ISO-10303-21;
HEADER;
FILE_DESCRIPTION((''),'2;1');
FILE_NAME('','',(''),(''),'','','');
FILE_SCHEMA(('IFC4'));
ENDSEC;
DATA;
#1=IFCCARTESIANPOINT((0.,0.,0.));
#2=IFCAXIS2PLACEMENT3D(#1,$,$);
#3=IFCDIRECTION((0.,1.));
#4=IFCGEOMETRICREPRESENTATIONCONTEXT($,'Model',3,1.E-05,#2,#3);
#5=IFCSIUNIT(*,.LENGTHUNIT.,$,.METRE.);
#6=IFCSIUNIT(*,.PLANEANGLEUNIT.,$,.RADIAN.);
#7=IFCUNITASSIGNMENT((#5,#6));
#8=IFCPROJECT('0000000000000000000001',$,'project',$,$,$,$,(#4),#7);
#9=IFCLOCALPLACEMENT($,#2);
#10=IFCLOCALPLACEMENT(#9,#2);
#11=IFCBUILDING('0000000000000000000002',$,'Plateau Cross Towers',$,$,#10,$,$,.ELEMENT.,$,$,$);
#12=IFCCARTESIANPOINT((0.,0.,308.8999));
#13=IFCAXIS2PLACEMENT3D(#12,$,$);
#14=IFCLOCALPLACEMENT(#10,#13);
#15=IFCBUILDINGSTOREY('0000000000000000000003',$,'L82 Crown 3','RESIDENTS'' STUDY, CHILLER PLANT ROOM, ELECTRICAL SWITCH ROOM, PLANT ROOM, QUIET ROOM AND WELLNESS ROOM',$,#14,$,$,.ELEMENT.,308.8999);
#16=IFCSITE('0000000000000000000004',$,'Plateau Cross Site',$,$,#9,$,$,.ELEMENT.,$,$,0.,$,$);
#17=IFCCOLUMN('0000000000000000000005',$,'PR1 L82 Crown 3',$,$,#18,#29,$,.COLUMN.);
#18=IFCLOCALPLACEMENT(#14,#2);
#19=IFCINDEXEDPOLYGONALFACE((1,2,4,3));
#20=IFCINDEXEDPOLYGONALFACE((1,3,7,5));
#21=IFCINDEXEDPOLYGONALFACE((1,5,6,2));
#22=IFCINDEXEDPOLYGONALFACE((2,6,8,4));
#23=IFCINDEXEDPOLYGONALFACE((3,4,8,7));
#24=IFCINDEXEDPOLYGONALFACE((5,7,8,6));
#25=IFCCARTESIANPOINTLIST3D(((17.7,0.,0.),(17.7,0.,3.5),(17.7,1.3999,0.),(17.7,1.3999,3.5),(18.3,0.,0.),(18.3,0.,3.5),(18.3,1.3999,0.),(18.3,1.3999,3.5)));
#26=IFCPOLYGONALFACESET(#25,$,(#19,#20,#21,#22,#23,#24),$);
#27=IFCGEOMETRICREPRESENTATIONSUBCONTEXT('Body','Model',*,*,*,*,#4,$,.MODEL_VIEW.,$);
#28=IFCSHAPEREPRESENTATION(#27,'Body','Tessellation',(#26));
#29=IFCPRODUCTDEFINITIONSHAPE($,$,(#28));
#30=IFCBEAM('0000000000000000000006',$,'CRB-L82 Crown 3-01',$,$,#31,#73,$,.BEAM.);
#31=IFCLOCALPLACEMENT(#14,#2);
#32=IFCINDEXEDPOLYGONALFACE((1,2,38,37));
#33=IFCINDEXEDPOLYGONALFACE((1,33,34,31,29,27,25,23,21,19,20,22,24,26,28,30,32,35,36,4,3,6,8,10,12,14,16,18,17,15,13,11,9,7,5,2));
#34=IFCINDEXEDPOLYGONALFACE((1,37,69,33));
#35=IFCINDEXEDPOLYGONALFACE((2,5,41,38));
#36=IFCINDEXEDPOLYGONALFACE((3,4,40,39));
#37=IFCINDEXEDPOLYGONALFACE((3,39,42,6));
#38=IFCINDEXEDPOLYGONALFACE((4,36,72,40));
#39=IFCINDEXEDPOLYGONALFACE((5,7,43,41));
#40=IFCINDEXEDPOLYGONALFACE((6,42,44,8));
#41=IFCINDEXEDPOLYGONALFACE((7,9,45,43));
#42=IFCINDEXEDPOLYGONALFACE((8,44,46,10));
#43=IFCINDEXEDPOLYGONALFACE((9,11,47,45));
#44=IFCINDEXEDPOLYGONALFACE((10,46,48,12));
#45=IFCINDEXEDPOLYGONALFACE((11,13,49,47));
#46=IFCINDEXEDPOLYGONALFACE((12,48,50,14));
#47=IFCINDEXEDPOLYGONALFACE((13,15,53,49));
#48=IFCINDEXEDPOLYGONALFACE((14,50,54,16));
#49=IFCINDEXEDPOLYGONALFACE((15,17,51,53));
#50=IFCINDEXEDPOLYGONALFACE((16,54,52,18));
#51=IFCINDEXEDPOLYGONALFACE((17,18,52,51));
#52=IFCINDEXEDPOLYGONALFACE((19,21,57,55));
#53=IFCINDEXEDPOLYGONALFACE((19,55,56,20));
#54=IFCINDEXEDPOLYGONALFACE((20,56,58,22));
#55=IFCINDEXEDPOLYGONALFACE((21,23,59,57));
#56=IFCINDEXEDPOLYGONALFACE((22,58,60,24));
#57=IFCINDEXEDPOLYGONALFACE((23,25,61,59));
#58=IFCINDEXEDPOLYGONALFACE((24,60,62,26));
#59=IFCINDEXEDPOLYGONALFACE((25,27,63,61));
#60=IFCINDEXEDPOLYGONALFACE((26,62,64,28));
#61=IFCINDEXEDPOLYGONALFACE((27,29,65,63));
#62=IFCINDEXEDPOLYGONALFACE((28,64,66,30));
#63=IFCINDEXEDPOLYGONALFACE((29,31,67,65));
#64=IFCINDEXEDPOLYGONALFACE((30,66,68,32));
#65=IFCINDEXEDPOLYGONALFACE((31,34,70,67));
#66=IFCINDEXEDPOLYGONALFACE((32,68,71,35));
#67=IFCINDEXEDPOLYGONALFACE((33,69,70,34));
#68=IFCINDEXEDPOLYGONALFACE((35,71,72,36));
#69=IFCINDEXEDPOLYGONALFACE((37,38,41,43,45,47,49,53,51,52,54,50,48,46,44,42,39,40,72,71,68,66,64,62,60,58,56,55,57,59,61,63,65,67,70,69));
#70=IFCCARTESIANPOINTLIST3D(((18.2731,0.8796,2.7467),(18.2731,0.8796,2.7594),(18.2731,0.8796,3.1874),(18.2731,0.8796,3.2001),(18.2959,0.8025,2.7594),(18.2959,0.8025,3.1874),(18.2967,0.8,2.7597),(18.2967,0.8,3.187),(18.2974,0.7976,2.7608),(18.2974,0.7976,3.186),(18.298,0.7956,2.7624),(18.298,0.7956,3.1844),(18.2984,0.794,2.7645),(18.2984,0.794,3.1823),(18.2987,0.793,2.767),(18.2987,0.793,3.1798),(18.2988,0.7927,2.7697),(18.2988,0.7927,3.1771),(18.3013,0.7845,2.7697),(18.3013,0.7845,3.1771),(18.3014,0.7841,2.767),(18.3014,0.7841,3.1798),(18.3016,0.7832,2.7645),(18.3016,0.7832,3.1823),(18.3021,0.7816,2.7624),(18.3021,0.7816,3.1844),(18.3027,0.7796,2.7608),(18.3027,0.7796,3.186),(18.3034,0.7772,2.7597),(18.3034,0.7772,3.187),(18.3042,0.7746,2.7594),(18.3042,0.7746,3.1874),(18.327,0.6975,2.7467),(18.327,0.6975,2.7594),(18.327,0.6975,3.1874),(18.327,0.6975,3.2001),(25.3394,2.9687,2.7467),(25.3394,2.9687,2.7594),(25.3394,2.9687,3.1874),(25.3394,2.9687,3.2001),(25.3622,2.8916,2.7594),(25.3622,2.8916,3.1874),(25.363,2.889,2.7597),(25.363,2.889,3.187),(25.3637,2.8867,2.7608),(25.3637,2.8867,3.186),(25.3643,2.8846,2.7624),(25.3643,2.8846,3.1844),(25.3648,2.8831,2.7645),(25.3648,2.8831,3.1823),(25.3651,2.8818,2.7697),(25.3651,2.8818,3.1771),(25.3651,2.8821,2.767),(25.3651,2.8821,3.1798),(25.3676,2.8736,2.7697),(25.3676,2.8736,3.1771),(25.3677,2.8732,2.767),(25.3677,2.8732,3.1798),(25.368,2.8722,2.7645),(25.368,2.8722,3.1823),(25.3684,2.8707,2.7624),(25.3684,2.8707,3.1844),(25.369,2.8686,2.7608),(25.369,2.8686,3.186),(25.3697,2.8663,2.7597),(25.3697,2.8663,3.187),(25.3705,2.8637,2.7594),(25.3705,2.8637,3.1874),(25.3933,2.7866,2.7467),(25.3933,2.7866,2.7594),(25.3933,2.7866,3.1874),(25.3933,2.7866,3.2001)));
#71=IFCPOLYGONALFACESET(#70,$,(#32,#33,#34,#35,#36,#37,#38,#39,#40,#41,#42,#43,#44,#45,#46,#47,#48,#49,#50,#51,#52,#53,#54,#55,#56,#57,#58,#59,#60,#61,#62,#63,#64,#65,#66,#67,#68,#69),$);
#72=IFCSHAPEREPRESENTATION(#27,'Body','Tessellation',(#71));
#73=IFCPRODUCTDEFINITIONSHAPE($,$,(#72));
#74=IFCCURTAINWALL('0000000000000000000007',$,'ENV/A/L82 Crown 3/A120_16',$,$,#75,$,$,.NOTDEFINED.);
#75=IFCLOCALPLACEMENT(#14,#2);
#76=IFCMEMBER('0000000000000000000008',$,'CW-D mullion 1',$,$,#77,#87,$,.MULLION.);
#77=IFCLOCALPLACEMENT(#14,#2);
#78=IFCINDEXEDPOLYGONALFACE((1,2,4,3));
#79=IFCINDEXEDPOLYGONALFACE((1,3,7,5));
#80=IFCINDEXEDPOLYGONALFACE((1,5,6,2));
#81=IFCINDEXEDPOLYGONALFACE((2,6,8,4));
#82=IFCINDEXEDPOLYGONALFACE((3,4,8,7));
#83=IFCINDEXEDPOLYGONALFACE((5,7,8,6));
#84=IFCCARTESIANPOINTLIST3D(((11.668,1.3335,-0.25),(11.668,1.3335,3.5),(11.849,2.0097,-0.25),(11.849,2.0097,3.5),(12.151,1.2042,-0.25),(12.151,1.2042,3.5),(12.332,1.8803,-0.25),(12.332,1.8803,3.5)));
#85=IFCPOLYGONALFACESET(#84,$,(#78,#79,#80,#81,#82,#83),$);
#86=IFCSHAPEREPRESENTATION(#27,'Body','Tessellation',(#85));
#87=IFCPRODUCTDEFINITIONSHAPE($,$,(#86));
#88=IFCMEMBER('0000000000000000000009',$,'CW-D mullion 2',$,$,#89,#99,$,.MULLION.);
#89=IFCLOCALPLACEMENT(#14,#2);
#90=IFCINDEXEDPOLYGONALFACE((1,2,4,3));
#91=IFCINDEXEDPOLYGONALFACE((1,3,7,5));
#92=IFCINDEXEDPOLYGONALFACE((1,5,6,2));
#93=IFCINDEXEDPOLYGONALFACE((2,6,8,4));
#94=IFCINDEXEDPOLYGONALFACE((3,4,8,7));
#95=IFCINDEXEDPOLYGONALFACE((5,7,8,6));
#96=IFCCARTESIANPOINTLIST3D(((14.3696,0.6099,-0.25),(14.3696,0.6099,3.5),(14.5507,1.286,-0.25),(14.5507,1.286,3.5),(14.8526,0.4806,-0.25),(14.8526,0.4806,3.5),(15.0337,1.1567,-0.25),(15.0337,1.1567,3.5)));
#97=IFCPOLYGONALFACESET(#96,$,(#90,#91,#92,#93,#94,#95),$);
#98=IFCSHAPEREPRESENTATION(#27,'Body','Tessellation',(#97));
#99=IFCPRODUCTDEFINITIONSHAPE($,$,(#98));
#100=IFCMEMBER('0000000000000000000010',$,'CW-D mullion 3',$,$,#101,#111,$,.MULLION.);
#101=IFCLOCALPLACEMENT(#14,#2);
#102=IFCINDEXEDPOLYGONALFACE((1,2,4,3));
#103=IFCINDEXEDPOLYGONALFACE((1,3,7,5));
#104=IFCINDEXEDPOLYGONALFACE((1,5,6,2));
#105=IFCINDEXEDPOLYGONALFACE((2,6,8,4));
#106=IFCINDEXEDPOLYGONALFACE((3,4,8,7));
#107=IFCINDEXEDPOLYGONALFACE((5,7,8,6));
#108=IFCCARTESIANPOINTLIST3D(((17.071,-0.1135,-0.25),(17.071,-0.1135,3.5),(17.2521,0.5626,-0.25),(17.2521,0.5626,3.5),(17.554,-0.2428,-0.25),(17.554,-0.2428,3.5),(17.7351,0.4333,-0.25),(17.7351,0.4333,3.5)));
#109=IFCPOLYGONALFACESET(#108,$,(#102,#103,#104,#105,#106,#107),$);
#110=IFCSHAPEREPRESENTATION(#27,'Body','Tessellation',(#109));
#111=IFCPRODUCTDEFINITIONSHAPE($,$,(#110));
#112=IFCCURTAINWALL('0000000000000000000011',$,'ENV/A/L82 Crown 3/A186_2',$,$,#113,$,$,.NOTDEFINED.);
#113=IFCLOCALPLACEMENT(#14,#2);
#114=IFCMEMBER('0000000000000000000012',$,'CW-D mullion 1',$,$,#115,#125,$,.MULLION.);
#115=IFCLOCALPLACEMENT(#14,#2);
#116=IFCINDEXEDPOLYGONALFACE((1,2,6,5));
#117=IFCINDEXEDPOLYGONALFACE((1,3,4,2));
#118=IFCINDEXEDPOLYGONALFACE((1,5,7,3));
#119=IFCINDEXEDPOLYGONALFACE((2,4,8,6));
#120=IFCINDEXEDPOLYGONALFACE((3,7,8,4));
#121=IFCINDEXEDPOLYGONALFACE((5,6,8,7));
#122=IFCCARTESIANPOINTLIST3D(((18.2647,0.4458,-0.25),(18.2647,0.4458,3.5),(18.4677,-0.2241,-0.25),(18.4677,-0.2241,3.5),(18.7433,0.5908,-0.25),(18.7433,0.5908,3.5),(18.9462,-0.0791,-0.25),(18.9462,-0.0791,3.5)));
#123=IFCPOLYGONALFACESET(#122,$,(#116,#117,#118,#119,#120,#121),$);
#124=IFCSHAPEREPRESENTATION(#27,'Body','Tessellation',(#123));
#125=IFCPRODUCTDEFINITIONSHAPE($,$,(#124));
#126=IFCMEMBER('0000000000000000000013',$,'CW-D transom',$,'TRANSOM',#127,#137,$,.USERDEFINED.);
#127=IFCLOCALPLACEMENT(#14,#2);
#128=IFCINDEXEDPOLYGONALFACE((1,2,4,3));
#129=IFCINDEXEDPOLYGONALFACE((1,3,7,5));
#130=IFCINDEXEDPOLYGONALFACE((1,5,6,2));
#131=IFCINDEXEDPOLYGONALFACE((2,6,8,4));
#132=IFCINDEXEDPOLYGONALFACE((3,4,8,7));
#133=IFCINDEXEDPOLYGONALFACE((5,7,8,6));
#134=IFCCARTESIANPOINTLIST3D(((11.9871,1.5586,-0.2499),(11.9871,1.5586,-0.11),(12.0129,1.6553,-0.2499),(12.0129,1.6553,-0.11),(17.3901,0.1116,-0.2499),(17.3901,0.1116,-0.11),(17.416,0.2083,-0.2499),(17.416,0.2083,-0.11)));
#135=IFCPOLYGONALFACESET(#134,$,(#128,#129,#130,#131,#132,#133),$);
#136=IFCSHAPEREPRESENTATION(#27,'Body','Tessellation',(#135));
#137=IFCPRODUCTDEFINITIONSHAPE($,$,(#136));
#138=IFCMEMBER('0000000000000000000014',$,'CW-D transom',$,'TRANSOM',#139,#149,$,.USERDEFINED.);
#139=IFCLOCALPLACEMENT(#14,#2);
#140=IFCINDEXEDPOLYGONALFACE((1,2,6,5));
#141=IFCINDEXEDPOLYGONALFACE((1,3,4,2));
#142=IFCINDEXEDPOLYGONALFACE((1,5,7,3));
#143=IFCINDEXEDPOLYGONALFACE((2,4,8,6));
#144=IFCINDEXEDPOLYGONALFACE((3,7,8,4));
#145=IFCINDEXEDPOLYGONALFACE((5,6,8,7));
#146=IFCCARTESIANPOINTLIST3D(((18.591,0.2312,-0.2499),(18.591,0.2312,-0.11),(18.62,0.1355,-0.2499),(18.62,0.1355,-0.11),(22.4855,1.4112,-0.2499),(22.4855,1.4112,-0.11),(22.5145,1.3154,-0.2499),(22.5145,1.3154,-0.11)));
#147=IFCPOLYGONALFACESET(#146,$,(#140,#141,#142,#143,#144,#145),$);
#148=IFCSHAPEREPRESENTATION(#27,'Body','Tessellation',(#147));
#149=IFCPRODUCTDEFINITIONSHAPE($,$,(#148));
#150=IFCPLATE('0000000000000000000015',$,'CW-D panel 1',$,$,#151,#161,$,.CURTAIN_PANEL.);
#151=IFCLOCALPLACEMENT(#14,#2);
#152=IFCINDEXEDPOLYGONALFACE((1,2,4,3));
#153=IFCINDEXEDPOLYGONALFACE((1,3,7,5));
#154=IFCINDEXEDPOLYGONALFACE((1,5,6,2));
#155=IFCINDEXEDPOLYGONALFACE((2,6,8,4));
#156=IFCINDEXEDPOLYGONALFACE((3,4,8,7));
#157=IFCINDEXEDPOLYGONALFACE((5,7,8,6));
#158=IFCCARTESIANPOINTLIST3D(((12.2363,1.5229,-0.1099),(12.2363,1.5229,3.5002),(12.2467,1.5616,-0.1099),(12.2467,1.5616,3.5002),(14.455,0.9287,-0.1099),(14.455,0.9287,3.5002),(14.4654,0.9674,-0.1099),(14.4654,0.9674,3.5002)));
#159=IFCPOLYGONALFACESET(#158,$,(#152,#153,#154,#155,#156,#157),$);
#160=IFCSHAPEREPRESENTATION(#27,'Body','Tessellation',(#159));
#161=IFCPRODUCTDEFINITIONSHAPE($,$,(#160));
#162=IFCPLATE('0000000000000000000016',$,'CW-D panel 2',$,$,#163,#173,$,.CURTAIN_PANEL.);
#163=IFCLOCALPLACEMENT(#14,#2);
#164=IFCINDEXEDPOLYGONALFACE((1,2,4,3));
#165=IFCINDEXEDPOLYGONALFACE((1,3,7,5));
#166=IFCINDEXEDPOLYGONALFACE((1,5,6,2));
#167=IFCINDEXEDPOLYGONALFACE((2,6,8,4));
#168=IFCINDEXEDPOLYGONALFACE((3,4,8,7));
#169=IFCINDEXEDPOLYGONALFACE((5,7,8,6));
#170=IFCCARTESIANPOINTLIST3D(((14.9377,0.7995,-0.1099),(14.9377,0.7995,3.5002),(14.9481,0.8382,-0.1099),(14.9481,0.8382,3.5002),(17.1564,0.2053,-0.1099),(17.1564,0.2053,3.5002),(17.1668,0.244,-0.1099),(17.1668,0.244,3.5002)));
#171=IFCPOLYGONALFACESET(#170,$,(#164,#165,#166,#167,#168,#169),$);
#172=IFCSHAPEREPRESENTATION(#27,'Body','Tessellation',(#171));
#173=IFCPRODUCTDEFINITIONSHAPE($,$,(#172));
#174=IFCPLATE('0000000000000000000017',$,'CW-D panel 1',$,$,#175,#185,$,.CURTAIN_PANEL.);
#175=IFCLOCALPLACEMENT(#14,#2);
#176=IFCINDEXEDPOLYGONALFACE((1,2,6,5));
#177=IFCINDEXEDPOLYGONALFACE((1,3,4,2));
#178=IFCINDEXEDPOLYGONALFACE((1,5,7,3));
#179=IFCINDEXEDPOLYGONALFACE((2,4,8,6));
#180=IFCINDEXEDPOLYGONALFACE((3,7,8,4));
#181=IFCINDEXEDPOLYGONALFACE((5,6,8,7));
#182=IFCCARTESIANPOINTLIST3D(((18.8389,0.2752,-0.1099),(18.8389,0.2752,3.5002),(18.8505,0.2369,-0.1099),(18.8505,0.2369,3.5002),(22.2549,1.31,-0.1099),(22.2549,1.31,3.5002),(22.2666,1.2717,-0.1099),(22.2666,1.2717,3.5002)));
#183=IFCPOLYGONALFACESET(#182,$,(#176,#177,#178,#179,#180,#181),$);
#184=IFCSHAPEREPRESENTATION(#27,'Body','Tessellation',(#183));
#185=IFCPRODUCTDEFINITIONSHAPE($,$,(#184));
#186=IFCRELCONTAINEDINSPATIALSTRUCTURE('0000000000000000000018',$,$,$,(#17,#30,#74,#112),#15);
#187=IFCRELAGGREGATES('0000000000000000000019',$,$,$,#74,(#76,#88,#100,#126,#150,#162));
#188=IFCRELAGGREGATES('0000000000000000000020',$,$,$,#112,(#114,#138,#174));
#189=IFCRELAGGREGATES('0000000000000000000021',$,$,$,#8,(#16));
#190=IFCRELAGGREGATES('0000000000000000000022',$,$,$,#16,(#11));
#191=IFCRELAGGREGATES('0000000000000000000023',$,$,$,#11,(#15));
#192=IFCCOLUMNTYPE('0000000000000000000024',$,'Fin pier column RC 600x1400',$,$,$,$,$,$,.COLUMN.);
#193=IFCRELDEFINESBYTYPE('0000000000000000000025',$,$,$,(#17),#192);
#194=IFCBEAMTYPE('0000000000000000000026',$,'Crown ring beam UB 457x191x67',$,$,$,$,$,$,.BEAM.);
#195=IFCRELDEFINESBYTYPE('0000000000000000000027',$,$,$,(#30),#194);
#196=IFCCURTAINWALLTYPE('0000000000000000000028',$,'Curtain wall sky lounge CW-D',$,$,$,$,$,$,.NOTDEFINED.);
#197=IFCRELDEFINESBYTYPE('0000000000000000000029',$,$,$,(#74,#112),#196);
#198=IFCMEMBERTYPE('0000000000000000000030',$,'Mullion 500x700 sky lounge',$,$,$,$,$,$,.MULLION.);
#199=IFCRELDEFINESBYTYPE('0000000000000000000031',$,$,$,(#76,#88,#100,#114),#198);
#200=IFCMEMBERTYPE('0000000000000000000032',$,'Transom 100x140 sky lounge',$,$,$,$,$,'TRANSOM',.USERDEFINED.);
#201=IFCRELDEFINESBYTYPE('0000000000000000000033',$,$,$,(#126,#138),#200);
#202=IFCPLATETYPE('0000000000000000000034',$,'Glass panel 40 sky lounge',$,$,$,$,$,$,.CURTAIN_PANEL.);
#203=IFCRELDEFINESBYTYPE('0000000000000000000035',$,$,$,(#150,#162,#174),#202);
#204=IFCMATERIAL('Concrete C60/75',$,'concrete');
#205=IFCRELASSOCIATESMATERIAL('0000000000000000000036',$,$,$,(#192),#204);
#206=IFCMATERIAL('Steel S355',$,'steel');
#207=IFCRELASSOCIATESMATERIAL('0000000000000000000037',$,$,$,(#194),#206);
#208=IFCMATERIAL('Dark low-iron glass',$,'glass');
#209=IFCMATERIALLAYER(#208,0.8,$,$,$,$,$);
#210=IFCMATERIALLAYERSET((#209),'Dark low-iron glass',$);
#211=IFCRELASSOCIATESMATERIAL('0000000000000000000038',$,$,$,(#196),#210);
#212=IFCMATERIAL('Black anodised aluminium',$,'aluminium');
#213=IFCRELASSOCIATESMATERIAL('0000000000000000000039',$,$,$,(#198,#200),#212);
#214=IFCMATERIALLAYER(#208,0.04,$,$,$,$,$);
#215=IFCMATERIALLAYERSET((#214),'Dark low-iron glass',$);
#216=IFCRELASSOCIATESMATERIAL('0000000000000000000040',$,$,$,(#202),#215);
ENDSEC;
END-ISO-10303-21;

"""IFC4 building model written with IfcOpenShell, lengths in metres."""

from ifc_helpers import new_model, si_unit, direction, frame, origin, origin_2d, place, context, subcontext, project, spatial, rectangle, i_section, extrude, material, layer, layer_set, material_profile, profile_set, type_object, element, aggregate, save


model = new_model("IFC4")

# Units and contexts
model_context = context("Model", 3, precision=1e-05, world=origin(), true_north=direction((0.0, 1.0)))
body_context = subcontext(model_context, "Body", "Model", "MODEL_VIEW")
ifc_project = project(units=[si_unit("LENGTHUNIT", "METRE"), si_unit("PLANEANGLEUNIT", "RADIAN")], contexts=[model_context])

# Site, building, storey
site_placement = place(None, origin())
site = spatial("IfcSite", under=ifc_project, at=site_placement, Name="Plateau Cross Site", CompositionType="ELEMENT", RefElevation=0.0)
building_placement = place(site_placement, origin())
building = spatial("IfcBuilding", under=site, at=building_placement, Name="Plateau Cross Towers", CompositionType="ELEMENT")
storey_placement = place(building_placement, frame((0.0, 0.0, 308.8999)))
storey = spatial("IfcBuildingStorey", under=building, at=storey_placement, Name="L82 Crown 3", Description="RESIDENTS' STUDY, CHILLER PLANT ROOM, ELECTRICAL SWITCH ROOM, PLANT ROOM, QUIET ROOM AND WELLNESS ROOM", CompositionType="ELEMENT", Elevation=308.8999)

# Column
ifc_material_1 = material(Name="Concrete C60/75", Category="concrete")
ifc_material_profile_1 = material_profile(ifc_material_1, rectangle(XDim=0.6001, YDim=1.3999, at=origin_2d()), Name="RC 600x1400")
ifc_profile_set_1 = profile_set([ifc_material_profile_1], Name="Concrete C60/75")
column_type = type_object("IfcColumnType", Name="Fin pier column RC 600x1400", PredefinedType="COLUMN", material=ifc_profile_set_1)
column_placement = place(storey_placement, frame((18.0, 0.7, 0.0), z_axis=(0.0, 0.0, 1.0), x_axis=(1.0, 0.0, 0.0)))
element("IfcColumn", 1, at=column_placement, inside=storey, type_object=column_type, Name="PR1 L82 Crown 3", PredefinedType="COLUMN", context=body_context, shape_type="SweptSolid", body=[
    extrude(rectangle(XDim=0.6001, YDim=1.3999, at=origin_2d()), origin(), (0.0, 0.0, 1.0), 3.5),
])

# Beam
ifc_material_2 = material(Name="Steel S355", Category="steel")
ifc_material_profile_2 = material_profile(ifc_material_2, i_section(OverallWidth=0.1899, OverallDepth=0.4534, WebThickness=0.0085, FlangeThickness=0.0127, FilletRadius=0.0103, at=origin_2d()), Name="UB 457x191x67")
ifc_profile_set_2 = profile_set([ifc_material_profile_2], Name="Steel S355")
beam_type = type_object("IfcBeamType", Name="Crown ring beam UB 457x191x67", PredefinedType="BEAM", material=ifc_profile_set_2)
beam_placement = place(storey_placement, frame((18.3, 0.7886, 2.9734), z_axis=(0.958969, 0.28351, 0.0), x_axis=(-0.28351, 0.958969, 0.0)))
element("IfcBeam", 2, at=beam_placement, inside=storey, type_object=beam_type, Name="CRB-L82 Crown 3-01", PredefinedType="BEAM", context=body_context, shape_type="SweptSolid", body=[
    extrude(i_section(OverallWidth=0.1899, OverallDepth=0.4534, WebThickness=0.0085, FlangeThickness=0.0127, FilletRadius=0.0103, at=origin_2d()), origin(), (0.0, 0.0, 1.0), 7.3687),
])

# Curtain wall, members
ifc_material_3 = material(Name="Dark low-iron glass", Category="glass")
ifc_layer_1 = layer(ifc_material_3, 0.8)
ifc_layer_set_1 = layer_set([ifc_layer_1], Name="Dark low-iron glass")
curtain_wall_type = type_object("IfcCurtainWallType", Name="Curtain wall sky lounge CW-D", PredefinedType="NOTDEFINED", material=ifc_layer_set_1)
curtain_wall_1_placement = place(storey_placement, origin())
curtain_wall_1 = element("IfcCurtainWall", 3, at=curtain_wall_1_placement, inside=storey, type_object=curtain_wall_type, Name="ENV/A/L82 Crown 3/A120_16", PredefinedType="NOTDEFINED")
ifc_material_4 = material(Name="Black anodised aluminium", Category="aluminium")
ifc_material_profile_3 = material_profile(ifc_material_4, rectangle(XDim=0.5, YDim=0.7, at=origin_2d()), Name="MULLION 500x700")
ifc_profile_set_3 = profile_set([ifc_material_profile_3], Name="Black anodised aluminium")
member_type_1 = type_object("IfcMemberType", Name="Mullion 500x700 sky lounge", PredefinedType="MULLION", material=ifc_profile_set_3)
member_1_placement = place(storey_placement, frame((12.0, 1.6069, -0.25), z_axis=(0.0, 0.0, 1.0), x_axis=(0.965958, -0.258699, 0.0)))
member_1 = element("IfcMember", 4, at=member_1_placement, type_object=member_type_1, Name="CW-D mullion 1", PredefinedType="MULLION", context=body_context, shape_type="SweptSolid", body=[
    extrude(rectangle(XDim=0.5, YDim=0.7, at=origin_2d()), origin(), (0.0, 0.0, 1.0), 3.75),
])
member_2_placement = place(storey_placement, frame((14.7017, 0.8833, -0.25), z_axis=(0.0, 0.0, 1.0), x_axis=(0.965958, -0.258699, 0.0)))
member_2 = element("IfcMember", 5, at=member_2_placement, type_object=member_type_1, Name="CW-D mullion 2", PredefinedType="MULLION", context=body_context, shape_type="SweptSolid", body=[
    extrude(rectangle(XDim=0.5, YDim=0.7, at=origin_2d()), origin(), (0.0, 0.0, 1.0), 3.75),
])
member_3_placement = place(storey_placement, frame((17.4031, 0.1599, -0.25), z_axis=(0.0, 0.0, 1.0), x_axis=(0.965958, -0.258699, 0.0)))
member_3 = element("IfcMember", 6, at=member_3_placement, type_object=member_type_1, Name="CW-D mullion 3", PredefinedType="MULLION", context=body_context, shape_type="SweptSolid", body=[
    extrude(rectangle(XDim=0.5, YDim=0.7, at=origin_2d()), origin(), (0.0, 0.0, 1.0), 3.75),
])

# Curtain wall, member
curtain_wall_2_placement = place(storey_placement, origin())
curtain_wall_2 = element("IfcCurtainWall", 7, at=curtain_wall_2_placement, inside=storey, type_object=curtain_wall_type, Name="ENV/A/L82 Crown 3/A186_2", PredefinedType="NOTDEFINED")
member_4_placement = place(storey_placement, frame((18.6055, 0.1833, -0.25), z_axis=(0.0, 0.0, 1.0), x_axis=(0.957048, 0.289928, 0.0)))
member_4 = element("IfcMember", 8, at=member_4_placement, type_object=member_type_1, Name="CW-D mullion 1", PredefinedType="MULLION", context=body_context, shape_type="SweptSolid", body=[
    extrude(rectangle(XDim=0.5, YDim=0.7, at=origin_2d()), origin(), (0.0, 0.0, 1.0), 3.75),
])

# Members
ifc_material_profile_4 = material_profile(ifc_material_4, rectangle(XDim=0.1001, YDim=0.1399, at=origin_2d()), Name="TRANSOM 100x140")
ifc_profile_set_4 = profile_set([ifc_material_profile_4], Name="Black anodised aluminium")
member_type_2 = type_object("IfcMemberType", Name="Transom 100x140 sky lounge", ElementType="TRANSOM", PredefinedType="USERDEFINED", material=ifc_profile_set_4)
member_5_placement = place(storey_placement, frame((12.0, 1.6069, -0.1799), z_axis=(0.965958, -0.258698, 0.0), x_axis=(0.258698, 0.965958, 0.0)))
member_5 = element("IfcMember", 9, at=member_5_placement, type_object=member_type_2, Name="CW-D transom", ObjectType="TRANSOM", PredefinedType="USERDEFINED", context=body_context, shape_type="SweptSolid", body=[
    extrude(rectangle(XDim=0.1001, YDim=0.1399, at=origin_2d()), origin(), (0.0, 0.0, 1.0), 5.5935),
])
member_6_placement = place(storey_placement, frame((18.6055, 0.1833, -0.1799), z_axis=(0.95704, 0.289956, 0.0), x_axis=(-0.289956, 0.95704, 0.0)))
member_6 = element("IfcMember", 10, at=member_6_placement, type_object=member_type_2, Name="CW-D transom", ObjectType="TRANSOM", PredefinedType="USERDEFINED", context=body_context, shape_type="SweptSolid", body=[
    extrude(rectangle(XDim=0.1001, YDim=0.1399, at=origin_2d()), origin(), (0.0, 0.0, 1.0), 4.0693),
])

# Plates
ifc_layer_2 = layer(ifc_material_3, 0.04)
ifc_layer_set_2 = layer_set([ifc_layer_2], Name="Dark low-iron glass")
plate_type = type_object("IfcPlateType", Name="Glass panel 40 sky lounge", PredefinedType="CURTAIN_PANEL", material=ifc_layer_set_2)
plate_1_placement = place(storey_placement, frame((13.3508, 1.2451, -0.1099), z_axis=(0.0, 0.0, 1.0), x_axis=(0.965958, -0.258699, 0.0)))
plate_1 = element("IfcPlate", 11, at=plate_1_placement, type_object=plate_type, Name="CW-D panel 1", PredefinedType="CURTAIN_PANEL", context=body_context, shape_type="SweptSolid", body=[
    extrude(rectangle(XDim=2.2969, YDim=0.04, at=origin_2d()), origin(), (0.0, 0.0, 1.0), 3.6101),
])
plate_2_placement = place(storey_placement, frame((16.0522, 0.5217, -0.1099), z_axis=(0.0, 0.0, 1.0), x_axis=(0.965958, -0.258699, 0.0)))
plate_2 = element("IfcPlate", 12, at=plate_2_placement, type_object=plate_type, Name="CW-D panel 2", PredefinedType="CURTAIN_PANEL", context=body_context, shape_type="SweptSolid", body=[
    extrude(rectangle(XDim=2.2969, YDim=0.04, at=origin_2d()), origin(), (0.0, 0.0, 1.0), 3.6101),
])
aggregate(curtain_wall_1, [member_1, member_2, member_3, member_5, plate_1, plate_2])
plate_3_placement = place(storey_placement, frame((20.5527, 0.7734, -0.1099), z_axis=(0.0, 0.0, 1.0), x_axis=(0.957048, 0.289928, 0.0)))
plate_3 = element("IfcPlate", 13, at=plate_3_placement, type_object=plate_type, Name="CW-D panel 1", PredefinedType="CURTAIN_PANEL", context=body_context, shape_type="SweptSolid", body=[
    extrude(rectangle(XDim=3.5693, YDim=0.04, at=origin_2d()), origin(), (0.0, 0.0, 1.0), 3.6101),
])
aggregate(curtain_wall_2, [member_4, member_6, plate_3])

save(model, "model.ifc")
